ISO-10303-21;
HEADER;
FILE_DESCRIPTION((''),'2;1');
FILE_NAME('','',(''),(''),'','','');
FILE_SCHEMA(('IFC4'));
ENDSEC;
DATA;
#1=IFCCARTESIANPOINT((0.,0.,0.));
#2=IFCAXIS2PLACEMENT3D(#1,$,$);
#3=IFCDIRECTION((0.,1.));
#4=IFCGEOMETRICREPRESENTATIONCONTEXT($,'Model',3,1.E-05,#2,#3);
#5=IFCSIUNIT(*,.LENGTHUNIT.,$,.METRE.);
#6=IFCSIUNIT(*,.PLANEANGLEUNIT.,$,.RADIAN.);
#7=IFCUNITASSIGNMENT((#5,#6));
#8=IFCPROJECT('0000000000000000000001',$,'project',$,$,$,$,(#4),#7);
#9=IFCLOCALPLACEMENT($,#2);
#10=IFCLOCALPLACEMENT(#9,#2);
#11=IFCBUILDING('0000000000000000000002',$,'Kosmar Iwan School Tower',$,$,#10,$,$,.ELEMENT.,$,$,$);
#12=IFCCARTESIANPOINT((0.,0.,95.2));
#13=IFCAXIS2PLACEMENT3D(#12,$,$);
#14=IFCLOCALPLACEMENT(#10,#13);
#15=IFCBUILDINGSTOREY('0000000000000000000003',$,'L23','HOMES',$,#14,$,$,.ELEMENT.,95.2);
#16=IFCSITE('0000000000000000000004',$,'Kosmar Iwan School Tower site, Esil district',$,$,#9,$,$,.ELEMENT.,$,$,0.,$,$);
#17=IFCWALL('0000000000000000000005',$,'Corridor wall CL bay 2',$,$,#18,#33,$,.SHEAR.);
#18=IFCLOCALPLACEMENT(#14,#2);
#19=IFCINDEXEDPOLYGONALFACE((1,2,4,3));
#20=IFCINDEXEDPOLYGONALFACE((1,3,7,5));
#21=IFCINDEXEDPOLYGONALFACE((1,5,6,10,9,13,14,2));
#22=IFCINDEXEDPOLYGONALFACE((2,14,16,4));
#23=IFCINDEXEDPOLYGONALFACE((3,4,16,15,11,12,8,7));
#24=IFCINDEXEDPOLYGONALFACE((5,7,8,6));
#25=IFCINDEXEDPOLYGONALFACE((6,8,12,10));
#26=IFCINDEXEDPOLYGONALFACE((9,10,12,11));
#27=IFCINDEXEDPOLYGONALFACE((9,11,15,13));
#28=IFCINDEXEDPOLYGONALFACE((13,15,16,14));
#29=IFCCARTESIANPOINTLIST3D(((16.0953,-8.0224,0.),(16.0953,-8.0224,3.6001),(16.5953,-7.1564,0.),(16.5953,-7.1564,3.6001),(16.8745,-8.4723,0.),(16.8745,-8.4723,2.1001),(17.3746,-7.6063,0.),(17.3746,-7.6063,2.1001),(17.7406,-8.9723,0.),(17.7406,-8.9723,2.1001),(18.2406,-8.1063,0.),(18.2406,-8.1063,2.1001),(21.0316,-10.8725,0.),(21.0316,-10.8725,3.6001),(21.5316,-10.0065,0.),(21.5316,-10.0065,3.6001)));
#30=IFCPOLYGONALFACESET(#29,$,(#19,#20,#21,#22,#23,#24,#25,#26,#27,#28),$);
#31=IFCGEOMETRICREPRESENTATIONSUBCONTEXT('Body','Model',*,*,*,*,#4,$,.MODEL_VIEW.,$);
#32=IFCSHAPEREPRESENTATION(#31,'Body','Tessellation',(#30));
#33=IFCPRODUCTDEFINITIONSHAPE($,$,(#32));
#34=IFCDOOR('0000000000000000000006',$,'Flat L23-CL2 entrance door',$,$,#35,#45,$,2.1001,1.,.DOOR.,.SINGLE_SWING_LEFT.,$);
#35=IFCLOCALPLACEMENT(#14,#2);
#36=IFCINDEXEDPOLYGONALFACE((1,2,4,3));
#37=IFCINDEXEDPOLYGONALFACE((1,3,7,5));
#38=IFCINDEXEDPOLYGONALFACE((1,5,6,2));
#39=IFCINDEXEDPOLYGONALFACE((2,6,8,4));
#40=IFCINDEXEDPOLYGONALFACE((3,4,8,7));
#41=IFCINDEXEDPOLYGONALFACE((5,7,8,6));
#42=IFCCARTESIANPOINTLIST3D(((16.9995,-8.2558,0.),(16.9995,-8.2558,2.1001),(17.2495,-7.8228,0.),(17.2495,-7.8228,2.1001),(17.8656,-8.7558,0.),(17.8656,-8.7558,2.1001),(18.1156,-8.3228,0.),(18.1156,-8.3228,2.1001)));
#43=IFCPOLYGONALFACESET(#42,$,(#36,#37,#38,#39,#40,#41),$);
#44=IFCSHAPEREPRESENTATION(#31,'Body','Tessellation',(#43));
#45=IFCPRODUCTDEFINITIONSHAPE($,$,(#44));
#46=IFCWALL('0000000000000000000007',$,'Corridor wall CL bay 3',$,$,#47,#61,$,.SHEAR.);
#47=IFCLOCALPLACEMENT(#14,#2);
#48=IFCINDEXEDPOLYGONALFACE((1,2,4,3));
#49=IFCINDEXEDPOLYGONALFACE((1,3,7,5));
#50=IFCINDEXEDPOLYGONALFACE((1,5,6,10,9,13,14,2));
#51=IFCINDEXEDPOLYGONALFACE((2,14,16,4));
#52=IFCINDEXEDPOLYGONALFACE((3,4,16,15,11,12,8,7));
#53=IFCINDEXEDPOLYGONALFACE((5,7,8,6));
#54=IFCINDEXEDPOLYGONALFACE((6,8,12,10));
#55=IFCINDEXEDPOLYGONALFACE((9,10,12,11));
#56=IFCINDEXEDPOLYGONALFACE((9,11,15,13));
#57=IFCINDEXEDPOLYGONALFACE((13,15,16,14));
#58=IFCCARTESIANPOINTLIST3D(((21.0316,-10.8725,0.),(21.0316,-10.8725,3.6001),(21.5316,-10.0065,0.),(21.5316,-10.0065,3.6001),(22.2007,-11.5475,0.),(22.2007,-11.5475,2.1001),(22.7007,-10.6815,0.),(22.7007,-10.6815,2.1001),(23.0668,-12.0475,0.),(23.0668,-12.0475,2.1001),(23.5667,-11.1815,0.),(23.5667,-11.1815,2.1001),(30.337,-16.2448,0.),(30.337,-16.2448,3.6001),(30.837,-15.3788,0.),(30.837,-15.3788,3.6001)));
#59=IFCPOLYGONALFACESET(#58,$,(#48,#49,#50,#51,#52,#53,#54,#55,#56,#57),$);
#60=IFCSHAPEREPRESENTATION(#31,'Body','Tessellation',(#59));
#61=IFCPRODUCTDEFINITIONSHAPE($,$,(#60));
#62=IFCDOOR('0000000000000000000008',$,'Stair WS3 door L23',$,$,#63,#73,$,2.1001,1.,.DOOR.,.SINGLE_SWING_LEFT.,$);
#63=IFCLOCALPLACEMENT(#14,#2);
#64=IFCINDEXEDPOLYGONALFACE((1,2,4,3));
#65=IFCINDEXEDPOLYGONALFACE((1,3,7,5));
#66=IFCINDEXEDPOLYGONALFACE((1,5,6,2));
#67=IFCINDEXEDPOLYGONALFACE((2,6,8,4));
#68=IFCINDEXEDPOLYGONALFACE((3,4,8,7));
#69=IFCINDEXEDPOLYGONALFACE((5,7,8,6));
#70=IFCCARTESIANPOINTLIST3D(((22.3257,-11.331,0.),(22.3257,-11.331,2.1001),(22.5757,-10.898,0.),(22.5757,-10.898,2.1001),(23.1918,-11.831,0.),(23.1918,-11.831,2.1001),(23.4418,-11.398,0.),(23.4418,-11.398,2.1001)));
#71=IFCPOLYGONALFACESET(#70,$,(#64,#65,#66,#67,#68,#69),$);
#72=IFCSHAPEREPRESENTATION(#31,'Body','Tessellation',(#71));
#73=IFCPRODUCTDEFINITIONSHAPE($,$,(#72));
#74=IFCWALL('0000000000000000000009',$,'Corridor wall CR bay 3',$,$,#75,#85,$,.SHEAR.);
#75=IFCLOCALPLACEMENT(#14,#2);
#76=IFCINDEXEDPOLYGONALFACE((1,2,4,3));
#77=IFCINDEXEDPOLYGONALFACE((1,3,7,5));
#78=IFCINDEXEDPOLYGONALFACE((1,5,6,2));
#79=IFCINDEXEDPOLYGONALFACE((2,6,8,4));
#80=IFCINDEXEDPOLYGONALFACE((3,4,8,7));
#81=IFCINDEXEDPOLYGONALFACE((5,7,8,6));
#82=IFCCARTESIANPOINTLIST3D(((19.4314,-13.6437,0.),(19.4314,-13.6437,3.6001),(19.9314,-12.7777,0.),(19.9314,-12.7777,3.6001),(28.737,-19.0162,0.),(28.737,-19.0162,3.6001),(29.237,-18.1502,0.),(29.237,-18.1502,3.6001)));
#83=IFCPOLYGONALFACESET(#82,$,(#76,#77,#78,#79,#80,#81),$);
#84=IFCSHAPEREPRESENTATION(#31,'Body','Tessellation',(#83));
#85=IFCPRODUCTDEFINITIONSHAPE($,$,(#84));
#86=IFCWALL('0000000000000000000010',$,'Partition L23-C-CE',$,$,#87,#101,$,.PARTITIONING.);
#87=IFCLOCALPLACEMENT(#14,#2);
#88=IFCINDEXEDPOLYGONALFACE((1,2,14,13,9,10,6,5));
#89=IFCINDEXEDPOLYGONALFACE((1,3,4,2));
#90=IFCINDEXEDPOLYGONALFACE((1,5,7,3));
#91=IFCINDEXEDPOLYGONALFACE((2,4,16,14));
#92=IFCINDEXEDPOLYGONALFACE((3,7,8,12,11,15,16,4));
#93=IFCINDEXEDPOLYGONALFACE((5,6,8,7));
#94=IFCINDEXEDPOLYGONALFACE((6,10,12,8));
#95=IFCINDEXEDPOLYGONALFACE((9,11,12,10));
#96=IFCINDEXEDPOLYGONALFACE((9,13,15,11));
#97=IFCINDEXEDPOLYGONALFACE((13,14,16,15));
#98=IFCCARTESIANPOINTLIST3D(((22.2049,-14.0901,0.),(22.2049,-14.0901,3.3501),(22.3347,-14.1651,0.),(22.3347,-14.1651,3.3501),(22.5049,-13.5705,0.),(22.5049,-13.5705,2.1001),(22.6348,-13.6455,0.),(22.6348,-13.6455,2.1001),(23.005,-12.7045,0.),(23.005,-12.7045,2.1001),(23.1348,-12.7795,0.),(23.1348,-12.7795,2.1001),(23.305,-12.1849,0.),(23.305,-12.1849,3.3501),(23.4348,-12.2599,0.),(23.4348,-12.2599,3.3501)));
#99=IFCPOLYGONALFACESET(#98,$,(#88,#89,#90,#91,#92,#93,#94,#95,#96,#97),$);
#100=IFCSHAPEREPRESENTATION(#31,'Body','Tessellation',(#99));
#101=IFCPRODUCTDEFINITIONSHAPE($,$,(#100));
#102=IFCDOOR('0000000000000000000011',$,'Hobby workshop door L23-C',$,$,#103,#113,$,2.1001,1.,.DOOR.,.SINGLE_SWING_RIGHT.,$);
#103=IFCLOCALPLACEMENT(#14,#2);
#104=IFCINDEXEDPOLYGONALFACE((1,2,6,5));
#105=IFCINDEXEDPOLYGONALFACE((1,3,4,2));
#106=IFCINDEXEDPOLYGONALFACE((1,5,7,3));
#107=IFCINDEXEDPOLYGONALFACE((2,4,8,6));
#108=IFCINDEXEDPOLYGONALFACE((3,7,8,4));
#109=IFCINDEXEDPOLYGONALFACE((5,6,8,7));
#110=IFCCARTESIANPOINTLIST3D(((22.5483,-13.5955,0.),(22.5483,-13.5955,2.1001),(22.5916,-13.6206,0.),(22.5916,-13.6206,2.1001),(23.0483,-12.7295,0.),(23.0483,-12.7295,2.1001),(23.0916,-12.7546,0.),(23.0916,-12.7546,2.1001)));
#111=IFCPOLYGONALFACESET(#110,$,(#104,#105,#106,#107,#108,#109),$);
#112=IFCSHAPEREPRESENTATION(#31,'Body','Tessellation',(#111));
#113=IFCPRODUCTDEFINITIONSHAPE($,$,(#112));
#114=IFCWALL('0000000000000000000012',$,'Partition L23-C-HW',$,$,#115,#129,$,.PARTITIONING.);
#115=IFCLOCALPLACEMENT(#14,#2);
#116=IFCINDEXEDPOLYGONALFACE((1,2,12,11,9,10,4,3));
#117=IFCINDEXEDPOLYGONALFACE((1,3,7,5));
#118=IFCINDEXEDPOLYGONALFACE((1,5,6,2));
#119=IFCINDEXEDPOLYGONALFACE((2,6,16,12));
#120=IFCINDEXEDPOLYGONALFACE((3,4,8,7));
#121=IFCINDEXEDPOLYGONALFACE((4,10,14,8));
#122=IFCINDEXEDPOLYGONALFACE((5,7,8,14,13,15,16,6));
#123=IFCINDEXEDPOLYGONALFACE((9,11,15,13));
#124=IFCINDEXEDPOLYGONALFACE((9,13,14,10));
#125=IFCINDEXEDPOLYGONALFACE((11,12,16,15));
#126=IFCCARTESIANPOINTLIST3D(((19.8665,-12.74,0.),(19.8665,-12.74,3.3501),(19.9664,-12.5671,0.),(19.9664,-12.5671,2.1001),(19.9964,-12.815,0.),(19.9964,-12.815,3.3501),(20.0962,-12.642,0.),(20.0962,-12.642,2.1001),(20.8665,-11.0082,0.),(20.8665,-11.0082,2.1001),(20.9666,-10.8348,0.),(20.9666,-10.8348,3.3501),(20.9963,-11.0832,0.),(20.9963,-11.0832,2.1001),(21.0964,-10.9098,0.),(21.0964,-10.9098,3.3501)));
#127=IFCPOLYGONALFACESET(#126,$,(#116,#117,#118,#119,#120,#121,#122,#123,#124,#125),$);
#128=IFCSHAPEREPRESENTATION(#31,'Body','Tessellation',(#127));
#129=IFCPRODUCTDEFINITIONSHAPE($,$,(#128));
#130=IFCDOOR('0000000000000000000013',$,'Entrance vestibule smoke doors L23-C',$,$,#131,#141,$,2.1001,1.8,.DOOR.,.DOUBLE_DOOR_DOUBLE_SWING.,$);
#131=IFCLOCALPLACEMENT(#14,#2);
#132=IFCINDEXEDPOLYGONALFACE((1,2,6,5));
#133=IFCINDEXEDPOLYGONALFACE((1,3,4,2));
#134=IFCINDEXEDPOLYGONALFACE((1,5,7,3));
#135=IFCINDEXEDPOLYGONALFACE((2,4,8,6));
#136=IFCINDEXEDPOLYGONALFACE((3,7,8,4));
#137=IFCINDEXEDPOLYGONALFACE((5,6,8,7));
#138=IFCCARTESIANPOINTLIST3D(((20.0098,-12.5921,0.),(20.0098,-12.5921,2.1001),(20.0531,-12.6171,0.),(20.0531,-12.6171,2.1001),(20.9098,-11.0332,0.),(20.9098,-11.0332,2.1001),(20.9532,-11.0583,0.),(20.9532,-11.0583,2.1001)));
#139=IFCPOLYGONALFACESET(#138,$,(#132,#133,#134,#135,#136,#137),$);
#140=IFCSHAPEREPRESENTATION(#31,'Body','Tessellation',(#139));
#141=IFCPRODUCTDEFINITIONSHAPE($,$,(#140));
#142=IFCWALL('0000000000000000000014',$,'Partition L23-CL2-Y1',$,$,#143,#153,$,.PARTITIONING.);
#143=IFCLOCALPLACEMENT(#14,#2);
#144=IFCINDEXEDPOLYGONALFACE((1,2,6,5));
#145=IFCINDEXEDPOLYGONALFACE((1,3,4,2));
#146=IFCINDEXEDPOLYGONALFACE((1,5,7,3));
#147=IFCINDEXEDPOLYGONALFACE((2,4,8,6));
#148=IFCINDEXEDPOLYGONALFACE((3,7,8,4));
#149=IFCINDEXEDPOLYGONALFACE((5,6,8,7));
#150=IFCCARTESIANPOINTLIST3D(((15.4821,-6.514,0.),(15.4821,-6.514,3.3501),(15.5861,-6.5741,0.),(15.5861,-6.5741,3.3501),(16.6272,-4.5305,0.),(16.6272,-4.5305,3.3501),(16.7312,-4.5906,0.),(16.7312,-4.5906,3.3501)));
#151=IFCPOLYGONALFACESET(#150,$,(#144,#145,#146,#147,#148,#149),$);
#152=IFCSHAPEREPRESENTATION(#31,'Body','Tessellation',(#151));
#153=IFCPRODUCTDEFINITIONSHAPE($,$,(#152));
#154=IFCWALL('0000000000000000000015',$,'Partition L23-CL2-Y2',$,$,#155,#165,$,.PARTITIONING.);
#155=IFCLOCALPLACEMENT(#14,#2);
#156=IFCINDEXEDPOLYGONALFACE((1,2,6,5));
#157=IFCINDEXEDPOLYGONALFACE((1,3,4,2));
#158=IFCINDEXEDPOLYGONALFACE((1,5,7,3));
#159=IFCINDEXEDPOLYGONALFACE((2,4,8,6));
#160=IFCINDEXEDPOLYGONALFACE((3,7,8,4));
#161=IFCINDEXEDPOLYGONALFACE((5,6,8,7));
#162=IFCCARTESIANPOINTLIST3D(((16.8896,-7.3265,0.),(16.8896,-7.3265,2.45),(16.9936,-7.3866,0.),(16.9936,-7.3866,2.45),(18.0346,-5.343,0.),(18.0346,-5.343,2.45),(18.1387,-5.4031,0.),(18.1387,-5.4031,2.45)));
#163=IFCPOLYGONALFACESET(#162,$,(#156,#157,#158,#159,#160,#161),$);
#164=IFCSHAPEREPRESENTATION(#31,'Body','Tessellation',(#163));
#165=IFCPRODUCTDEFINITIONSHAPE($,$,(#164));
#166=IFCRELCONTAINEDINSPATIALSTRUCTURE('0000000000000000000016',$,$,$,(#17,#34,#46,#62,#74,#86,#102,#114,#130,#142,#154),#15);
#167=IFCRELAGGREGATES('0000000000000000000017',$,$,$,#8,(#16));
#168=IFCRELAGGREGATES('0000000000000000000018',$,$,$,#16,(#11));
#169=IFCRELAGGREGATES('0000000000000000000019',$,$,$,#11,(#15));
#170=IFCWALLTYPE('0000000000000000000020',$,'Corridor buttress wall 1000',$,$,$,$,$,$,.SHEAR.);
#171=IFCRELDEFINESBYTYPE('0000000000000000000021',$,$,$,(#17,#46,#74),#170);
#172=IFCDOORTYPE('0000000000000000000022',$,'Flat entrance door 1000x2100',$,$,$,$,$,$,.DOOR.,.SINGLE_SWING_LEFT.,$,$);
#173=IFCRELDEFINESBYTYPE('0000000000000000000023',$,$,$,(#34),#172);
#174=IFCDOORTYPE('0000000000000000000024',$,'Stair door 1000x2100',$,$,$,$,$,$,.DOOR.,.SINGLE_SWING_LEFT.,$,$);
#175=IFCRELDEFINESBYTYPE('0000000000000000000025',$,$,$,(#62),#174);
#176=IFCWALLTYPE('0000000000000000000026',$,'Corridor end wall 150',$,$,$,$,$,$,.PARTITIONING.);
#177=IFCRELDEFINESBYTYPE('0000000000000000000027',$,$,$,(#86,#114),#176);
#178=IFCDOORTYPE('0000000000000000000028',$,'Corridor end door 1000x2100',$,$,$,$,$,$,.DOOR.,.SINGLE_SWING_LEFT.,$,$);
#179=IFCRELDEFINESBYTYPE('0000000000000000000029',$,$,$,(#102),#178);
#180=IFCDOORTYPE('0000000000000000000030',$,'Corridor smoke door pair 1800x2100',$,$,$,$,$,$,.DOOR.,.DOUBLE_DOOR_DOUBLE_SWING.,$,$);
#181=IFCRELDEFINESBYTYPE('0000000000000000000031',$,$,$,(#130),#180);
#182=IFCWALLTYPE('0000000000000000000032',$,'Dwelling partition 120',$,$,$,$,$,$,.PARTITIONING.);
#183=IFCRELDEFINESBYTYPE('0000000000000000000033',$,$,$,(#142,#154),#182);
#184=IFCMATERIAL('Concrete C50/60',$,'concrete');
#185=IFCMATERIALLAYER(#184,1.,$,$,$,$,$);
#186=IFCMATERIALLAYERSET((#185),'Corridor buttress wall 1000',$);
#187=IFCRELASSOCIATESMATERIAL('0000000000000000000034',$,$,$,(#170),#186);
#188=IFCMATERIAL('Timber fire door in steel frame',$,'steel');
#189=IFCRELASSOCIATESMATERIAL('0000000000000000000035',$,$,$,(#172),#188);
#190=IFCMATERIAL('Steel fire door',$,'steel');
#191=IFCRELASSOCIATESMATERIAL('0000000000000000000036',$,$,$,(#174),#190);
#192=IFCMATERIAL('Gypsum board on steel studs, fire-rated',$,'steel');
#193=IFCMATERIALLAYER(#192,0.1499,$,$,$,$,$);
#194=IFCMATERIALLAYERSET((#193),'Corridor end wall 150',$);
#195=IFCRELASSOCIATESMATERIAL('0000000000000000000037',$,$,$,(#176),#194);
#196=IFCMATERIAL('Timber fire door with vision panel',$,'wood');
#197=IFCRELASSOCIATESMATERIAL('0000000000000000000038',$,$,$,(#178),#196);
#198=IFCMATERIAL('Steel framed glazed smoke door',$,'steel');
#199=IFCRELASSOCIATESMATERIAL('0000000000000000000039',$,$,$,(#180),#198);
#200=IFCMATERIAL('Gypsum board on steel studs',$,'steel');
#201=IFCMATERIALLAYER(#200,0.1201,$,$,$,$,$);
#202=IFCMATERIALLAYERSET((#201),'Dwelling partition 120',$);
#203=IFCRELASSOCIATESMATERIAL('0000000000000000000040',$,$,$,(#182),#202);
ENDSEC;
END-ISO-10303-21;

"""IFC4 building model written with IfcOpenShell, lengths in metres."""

from ifc_helpers import new_model, si_unit, direction, frame, frame_2d, origin, place, context, subcontext, project, spatial, rectangle, extrude, material, layer, layer_set, type_object, element, fill, save


model = new_model("IFC4")

# Units and contexts
model_context = context("Model", 3, precision=1e-05, world=origin(), true_north=direction((0.0, 1.0)))
body_context = subcontext(model_context, "Body", "Model", "MODEL_VIEW")
ifc_project = project(units=[si_unit("LENGTHUNIT", "METRE"), si_unit("PLANEANGLEUNIT", "RADIAN")], contexts=[model_context])

# Site, building, storey
site_placement = place(None, origin())
site = spatial("IfcSite", under=ifc_project, at=site_placement, Name="Kosmar Iwan School Tower site, Esil district", CompositionType="ELEMENT", RefElevation=0.0)
building_placement = place(site_placement, origin())
building = spatial("IfcBuilding", under=site, at=building_placement, Name="Kosmar Iwan School Tower", CompositionType="ELEMENT")
storey_placement = place(building_placement, frame((0.0, 0.0, 95.2)))
storey = spatial("IfcBuildingStorey", under=building, at=storey_placement, Name="L23", Description="HOMES", CompositionType="ELEMENT", Elevation=95.2)

# Walls, openings, doors
ifc_material_1 = material(Name="Concrete C50/60", Category="concrete")
ifc_layer_1 = layer(ifc_material_1, 1.0)
ifc_layer_set_1 = layer_set([ifc_layer_1], Name="Corridor buttress wall 1000")
wall_type_1 = type_object("IfcWallType", Name="Corridor buttress wall 1000", PredefinedType="SHEAR", material=ifc_layer_set_1)
wall_1_placement = place(storey_placement, frame((16.3452, -7.5894, 0.0), z_axis=(0.0, 0.0, 1.0), x_axis=(0.866015, -0.500018, 0.0)))
wall_1 = element("IfcWall", 1, at=wall_1_placement, inside=storey, type_object=wall_type_1, Name="Corridor wall CL bay 2", PredefinedType="SHEAR", context=body_context, shape_type="SweptSolid", body=[
    extrude(rectangle(XDim=5.7, YDim=1.0, at=frame_2d((2.8501, 0.0))), origin(), (0.0, 0.0, 1.0), 3.6001),
])
opening_1_placement = place(wall_1_placement, frame((0.8999, 0.0, 0.0)))
opening_1 = element("IfcOpeningElement", 2, at=opening_1_placement, cuts=wall_1, PredefinedType="OPENING", context=body_context, shape_type="SweptSolid", body=[
    extrude(rectangle(XDim=1.0, YDim=2.1001, at=frame_2d((0.5, 1.05))), frame((0.0, 0.512, 0.0), z_axis=(0.0, -1.0, 0.0), x_axis=(1.0, 0.0, 0.0)), (0.0, 0.0, 1.0), 1.0239),
])
ifc_material_2 = material(Name="Timber fire door in steel frame", Category="steel")
door_type_1 = type_object("IfcDoorType", Name="Flat entrance door 1000x2100", OperationType="SINGLE_SWING_LEFT", PredefinedType="DOOR", material=ifc_material_2)
door_1_placement = place(opening_1_placement, origin())
door_1 = element("IfcDoor", 3, at=door_1_placement, inside=storey, type_object=door_type_1, Name="Flat L23-CL2 entrance door", OperationType="SINGLE_SWING_LEFT", OverallHeight=2.1001, OverallWidth=1.0, PredefinedType="DOOR", context=body_context, shape_type="SweptSolid", body=[
    extrude(rectangle(XDim=1.0, YDim=2.1001, at=frame_2d((0.5, 1.05))), frame((0.0, 0.25, 0.0), z_axis=(0.0, -1.0, 0.0), x_axis=(1.0, 0.0, 0.0)), (0.0, 0.0, 1.0), 0.5),
])
fill(opening_1, door_1)
wall_2_placement = place(storey_placement, frame((21.2815, -10.4395, 0.0), z_axis=(0.0, 0.0, 1.0), x_axis=(0.866032, -0.499988, 0.0)))
wall_2 = element("IfcWall", 4, at=wall_2_placement, inside=storey, type_object=wall_type_1, Name="Corridor wall CL bay 3", PredefinedType="SHEAR", context=body_context, shape_type="SweptSolid", body=[
    extrude(rectangle(XDim=10.7449, YDim=1.0, at=frame_2d((5.3726, 0.0))), origin(), (0.0, 0.0, 1.0), 3.6001),
])
opening_2_placement = place(wall_2_placement, frame((1.3501, 0.0, 0.0)))
opening_2 = element("IfcOpeningElement", 5, at=opening_2_placement, cuts=wall_2, PredefinedType="OPENING", context=body_context, shape_type="SweptSolid", body=[
    extrude(rectangle(XDim=1.0, YDim=2.1001, at=frame_2d((0.5, 1.05))), frame((0.0, 0.512, 0.0), z_axis=(0.0, -1.0, 0.0), x_axis=(1.0, 0.0, 0.0)), (0.0, 0.0, 1.0), 1.0239),
])
ifc_material_3 = material(Name="Steel fire door", Category="steel")
door_type_2 = type_object("IfcDoorType", Name="Stair door 1000x2100", OperationType="SINGLE_SWING_LEFT", PredefinedType="DOOR", material=ifc_material_3)
door_2_placement = place(opening_2_placement, origin())
door_2 = element("IfcDoor", 6, at=door_2_placement, inside=storey, type_object=door_type_2, Name="Stair WS3 door L23", OperationType="SINGLE_SWING_LEFT", OverallHeight=2.1001, OverallWidth=1.0, PredefinedType="DOOR", context=body_context, shape_type="SweptSolid", body=[
    extrude(rectangle(XDim=1.0, YDim=2.1001, at=frame_2d((0.5, 1.05))), frame((0.0, 0.25, 0.0), z_axis=(0.0, -1.0, 0.0), x_axis=(1.0, 0.0, 0.0)), (0.0, 0.0, 1.0), 0.5),
])
fill(opening_2, door_2)

# Wall
wall_3_placement = place(storey_placement, frame((19.6814, -13.2107, 0.0), z_axis=(0.0, 0.0, 1.0), x_axis=(0.866028, -0.499995, 0.0)))
element("IfcWall", 7, at=wall_3_placement, inside=storey, type_object=wall_type_1, Name="Corridor wall CR bay 3", PredefinedType="SHEAR", context=body_context, shape_type="SweptSolid", body=[
    extrude(rectangle(XDim=10.7451, YDim=1.0, at=frame_2d((5.3726, 0.0))), origin(), (0.0, 0.0, 1.0), 3.6001),
])

# Walls, openings, doors
ifc_material_4 = material(Name="Gypsum board on steel studs, fire-rated", Category="steel")
ifc_layer_2 = layer(ifc_material_4, 0.1499)
ifc_layer_set_2 = layer_set([ifc_layer_2], Name="Corridor end wall 150")
wall_type_2 = type_object("IfcWallType", Name="Corridor end wall 150", PredefinedType="PARTITIONING", material=ifc_layer_set_2)
wall_4_placement = place(storey_placement, frame((22.2698, -14.1277, 0.0), z_axis=(0.0, 0.0, 1.0), x_axis=(0.50003, 0.866008, 0.0)))
wall_4 = element("IfcWall", 8, at=wall_4_placement, inside=storey, type_object=wall_type_2, Name="Partition L23-C-CE", PredefinedType="PARTITIONING", context=body_context, shape_type="SweptSolid", body=[
    extrude(rectangle(XDim=2.2, YDim=0.1499, at=frame_2d((1.1001, 0.0))), origin(), (0.0, 0.0, 1.0), 3.3501),
])
opening_3_placement = place(wall_4_placement, frame((0.6001, 0.0, 0.0)))
opening_3 = element("IfcOpeningElement", 9, at=opening_3_placement, cuts=wall_4, PredefinedType="OPENING", context=body_context, shape_type="SweptSolid", body=[
    extrude(rectangle(XDim=1.0, YDim=2.1001, at=frame_2d((0.5, 1.05))), frame((0.0, 0.0869, 0.0), z_axis=(0.0, -1.0, 0.0), x_axis=(1.0, 0.0, 0.0)), (0.0, 0.0, 1.0), 0.1738),
])
ifc_material_5 = material(Name="Timber fire door with vision panel", Category="wood")
door_type_3 = type_object("IfcDoorType", Name="Corridor end door 1000x2100", OperationType="SINGLE_SWING_LEFT", PredefinedType="DOOR", material=ifc_material_5)
door_3_placement = place(opening_3_placement, origin())
door_3 = element("IfcDoor", 10, at=door_3_placement, inside=storey, type_object=door_type_3, Name="Hobby workshop door L23-C", OperationType="SINGLE_SWING_RIGHT", OverallHeight=2.1001, OverallWidth=1.0, PredefinedType="DOOR", context=body_context, shape_type="SweptSolid", body=[
    extrude(rectangle(XDim=1.0, YDim=2.1001, at=frame_2d((0.5, 1.05))), frame((0.0, 0.0249, 0.0), z_axis=(0.0, -1.0, 0.0), x_axis=(1.0, 0.0, 0.0)), (0.0, 0.0, 1.0), 0.05),
])
fill(opening_3, door_3)
wall_5_placement = place(storey_placement, frame((19.9314, -12.7776, 0.0), z_axis=(0.0, 0.0, 1.0), x_axis=(0.50003, 0.866008, 0.0)))
wall_5 = element("IfcWall", 11, at=wall_5_placement, inside=storey, type_object=wall_type_2, Name="Partition L23-C-HW", PredefinedType="PARTITIONING", context=body_context, shape_type="SweptSolid", body=[
    extrude(rectangle(XDim=2.2, YDim=0.1499, at=frame_2d((1.1001, 0.0))), origin(), (0.0, 0.0, 1.0), 3.3501),
])
opening_4_placement = place(wall_5_placement, frame((0.2, 0.0, 0.0)))
opening_4 = element("IfcOpeningElement", 12, at=opening_4_placement, cuts=wall_5, PredefinedType="OPENING", context=body_context, shape_type="SweptSolid", body=[
    extrude(rectangle(XDim=1.8, YDim=2.1001, at=frame_2d((0.8999, 1.05))), frame((0.0, 0.0869, 0.0), z_axis=(0.0, -1.0, 0.0), x_axis=(1.0, 0.0, 0.0)), (0.0, 0.0, 1.0), 0.1738),
])
ifc_material_6 = material(Name="Steel framed glazed smoke door", Category="steel")
door_type_4 = type_object("IfcDoorType", Name="Corridor smoke door pair 1800x2100", OperationType="DOUBLE_DOOR_DOUBLE_SWING", PredefinedType="DOOR", material=ifc_material_6)
door_4_placement = place(opening_4_placement, origin())
door_4 = element("IfcDoor", 13, at=door_4_placement, inside=storey, type_object=door_type_4, Name="Entrance vestibule smoke doors L23-C", OperationType="DOUBLE_DOOR_DOUBLE_SWING", OverallHeight=2.1001, OverallWidth=1.8, PredefinedType="DOOR", context=body_context, shape_type="SweptSolid", body=[
    extrude(rectangle(XDim=1.8, YDim=2.1001, at=frame_2d((0.8999, 1.05))), frame((0.0, 0.0249, 0.0), z_axis=(0.0, -1.0, 0.0), x_axis=(1.0, 0.0, 0.0)), (0.0, 0.0, 1.0), 0.05),
])
fill(opening_4, door_4)

# Walls
ifc_material_7 = material(Name="Gypsum board on steel studs", Category="steel")
ifc_layer_3 = layer(ifc_material_7, 0.1201)
ifc_layer_set_3 = layer_set([ifc_layer_3], Name="Dwelling partition 120")
wall_type_3 = type_object("IfcWallType", Name="Dwelling partition 120", PredefinedType="PARTITIONING", material=ifc_layer_set_3)
wall_6_placement = place(storey_placement, frame((15.5342, -6.5439, 0.0), z_axis=(0.0, 0.0, 1.0), x_axis=(0.499969, 0.866044, 0.0)))
element("IfcWall", 14, at=wall_6_placement, inside=storey, type_object=wall_type_3, Name="Partition L23-CL2-Y1", PredefinedType="PARTITIONING", context=body_context, shape_type="SweptSolid", body=[
    extrude(rectangle(XDim=2.2903, YDim=0.1201, at=frame_2d((1.145, 0.0))), origin(), (0.0, 0.0, 1.0), 3.3501),
])
wall_7_placement = place(storey_placement, frame((16.9417, -7.3564, 0.0), z_axis=(0.0, 0.0, 1.0), x_axis=(0.499969, 0.866044, 0.0)))
element("IfcWall", 15, at=wall_7_placement, inside=storey, type_object=wall_type_3, Name="Partition L23-CL2-Y2", PredefinedType="PARTITIONING", context=body_context, shape_type="SweptSolid", body=[
    extrude(rectangle(XDim=2.2903, YDim=0.1201, at=frame_2d((1.145, 0.0))), origin(), (0.0, 0.0, 1.0), 2.45),
])

save(model, "model.ifc")
